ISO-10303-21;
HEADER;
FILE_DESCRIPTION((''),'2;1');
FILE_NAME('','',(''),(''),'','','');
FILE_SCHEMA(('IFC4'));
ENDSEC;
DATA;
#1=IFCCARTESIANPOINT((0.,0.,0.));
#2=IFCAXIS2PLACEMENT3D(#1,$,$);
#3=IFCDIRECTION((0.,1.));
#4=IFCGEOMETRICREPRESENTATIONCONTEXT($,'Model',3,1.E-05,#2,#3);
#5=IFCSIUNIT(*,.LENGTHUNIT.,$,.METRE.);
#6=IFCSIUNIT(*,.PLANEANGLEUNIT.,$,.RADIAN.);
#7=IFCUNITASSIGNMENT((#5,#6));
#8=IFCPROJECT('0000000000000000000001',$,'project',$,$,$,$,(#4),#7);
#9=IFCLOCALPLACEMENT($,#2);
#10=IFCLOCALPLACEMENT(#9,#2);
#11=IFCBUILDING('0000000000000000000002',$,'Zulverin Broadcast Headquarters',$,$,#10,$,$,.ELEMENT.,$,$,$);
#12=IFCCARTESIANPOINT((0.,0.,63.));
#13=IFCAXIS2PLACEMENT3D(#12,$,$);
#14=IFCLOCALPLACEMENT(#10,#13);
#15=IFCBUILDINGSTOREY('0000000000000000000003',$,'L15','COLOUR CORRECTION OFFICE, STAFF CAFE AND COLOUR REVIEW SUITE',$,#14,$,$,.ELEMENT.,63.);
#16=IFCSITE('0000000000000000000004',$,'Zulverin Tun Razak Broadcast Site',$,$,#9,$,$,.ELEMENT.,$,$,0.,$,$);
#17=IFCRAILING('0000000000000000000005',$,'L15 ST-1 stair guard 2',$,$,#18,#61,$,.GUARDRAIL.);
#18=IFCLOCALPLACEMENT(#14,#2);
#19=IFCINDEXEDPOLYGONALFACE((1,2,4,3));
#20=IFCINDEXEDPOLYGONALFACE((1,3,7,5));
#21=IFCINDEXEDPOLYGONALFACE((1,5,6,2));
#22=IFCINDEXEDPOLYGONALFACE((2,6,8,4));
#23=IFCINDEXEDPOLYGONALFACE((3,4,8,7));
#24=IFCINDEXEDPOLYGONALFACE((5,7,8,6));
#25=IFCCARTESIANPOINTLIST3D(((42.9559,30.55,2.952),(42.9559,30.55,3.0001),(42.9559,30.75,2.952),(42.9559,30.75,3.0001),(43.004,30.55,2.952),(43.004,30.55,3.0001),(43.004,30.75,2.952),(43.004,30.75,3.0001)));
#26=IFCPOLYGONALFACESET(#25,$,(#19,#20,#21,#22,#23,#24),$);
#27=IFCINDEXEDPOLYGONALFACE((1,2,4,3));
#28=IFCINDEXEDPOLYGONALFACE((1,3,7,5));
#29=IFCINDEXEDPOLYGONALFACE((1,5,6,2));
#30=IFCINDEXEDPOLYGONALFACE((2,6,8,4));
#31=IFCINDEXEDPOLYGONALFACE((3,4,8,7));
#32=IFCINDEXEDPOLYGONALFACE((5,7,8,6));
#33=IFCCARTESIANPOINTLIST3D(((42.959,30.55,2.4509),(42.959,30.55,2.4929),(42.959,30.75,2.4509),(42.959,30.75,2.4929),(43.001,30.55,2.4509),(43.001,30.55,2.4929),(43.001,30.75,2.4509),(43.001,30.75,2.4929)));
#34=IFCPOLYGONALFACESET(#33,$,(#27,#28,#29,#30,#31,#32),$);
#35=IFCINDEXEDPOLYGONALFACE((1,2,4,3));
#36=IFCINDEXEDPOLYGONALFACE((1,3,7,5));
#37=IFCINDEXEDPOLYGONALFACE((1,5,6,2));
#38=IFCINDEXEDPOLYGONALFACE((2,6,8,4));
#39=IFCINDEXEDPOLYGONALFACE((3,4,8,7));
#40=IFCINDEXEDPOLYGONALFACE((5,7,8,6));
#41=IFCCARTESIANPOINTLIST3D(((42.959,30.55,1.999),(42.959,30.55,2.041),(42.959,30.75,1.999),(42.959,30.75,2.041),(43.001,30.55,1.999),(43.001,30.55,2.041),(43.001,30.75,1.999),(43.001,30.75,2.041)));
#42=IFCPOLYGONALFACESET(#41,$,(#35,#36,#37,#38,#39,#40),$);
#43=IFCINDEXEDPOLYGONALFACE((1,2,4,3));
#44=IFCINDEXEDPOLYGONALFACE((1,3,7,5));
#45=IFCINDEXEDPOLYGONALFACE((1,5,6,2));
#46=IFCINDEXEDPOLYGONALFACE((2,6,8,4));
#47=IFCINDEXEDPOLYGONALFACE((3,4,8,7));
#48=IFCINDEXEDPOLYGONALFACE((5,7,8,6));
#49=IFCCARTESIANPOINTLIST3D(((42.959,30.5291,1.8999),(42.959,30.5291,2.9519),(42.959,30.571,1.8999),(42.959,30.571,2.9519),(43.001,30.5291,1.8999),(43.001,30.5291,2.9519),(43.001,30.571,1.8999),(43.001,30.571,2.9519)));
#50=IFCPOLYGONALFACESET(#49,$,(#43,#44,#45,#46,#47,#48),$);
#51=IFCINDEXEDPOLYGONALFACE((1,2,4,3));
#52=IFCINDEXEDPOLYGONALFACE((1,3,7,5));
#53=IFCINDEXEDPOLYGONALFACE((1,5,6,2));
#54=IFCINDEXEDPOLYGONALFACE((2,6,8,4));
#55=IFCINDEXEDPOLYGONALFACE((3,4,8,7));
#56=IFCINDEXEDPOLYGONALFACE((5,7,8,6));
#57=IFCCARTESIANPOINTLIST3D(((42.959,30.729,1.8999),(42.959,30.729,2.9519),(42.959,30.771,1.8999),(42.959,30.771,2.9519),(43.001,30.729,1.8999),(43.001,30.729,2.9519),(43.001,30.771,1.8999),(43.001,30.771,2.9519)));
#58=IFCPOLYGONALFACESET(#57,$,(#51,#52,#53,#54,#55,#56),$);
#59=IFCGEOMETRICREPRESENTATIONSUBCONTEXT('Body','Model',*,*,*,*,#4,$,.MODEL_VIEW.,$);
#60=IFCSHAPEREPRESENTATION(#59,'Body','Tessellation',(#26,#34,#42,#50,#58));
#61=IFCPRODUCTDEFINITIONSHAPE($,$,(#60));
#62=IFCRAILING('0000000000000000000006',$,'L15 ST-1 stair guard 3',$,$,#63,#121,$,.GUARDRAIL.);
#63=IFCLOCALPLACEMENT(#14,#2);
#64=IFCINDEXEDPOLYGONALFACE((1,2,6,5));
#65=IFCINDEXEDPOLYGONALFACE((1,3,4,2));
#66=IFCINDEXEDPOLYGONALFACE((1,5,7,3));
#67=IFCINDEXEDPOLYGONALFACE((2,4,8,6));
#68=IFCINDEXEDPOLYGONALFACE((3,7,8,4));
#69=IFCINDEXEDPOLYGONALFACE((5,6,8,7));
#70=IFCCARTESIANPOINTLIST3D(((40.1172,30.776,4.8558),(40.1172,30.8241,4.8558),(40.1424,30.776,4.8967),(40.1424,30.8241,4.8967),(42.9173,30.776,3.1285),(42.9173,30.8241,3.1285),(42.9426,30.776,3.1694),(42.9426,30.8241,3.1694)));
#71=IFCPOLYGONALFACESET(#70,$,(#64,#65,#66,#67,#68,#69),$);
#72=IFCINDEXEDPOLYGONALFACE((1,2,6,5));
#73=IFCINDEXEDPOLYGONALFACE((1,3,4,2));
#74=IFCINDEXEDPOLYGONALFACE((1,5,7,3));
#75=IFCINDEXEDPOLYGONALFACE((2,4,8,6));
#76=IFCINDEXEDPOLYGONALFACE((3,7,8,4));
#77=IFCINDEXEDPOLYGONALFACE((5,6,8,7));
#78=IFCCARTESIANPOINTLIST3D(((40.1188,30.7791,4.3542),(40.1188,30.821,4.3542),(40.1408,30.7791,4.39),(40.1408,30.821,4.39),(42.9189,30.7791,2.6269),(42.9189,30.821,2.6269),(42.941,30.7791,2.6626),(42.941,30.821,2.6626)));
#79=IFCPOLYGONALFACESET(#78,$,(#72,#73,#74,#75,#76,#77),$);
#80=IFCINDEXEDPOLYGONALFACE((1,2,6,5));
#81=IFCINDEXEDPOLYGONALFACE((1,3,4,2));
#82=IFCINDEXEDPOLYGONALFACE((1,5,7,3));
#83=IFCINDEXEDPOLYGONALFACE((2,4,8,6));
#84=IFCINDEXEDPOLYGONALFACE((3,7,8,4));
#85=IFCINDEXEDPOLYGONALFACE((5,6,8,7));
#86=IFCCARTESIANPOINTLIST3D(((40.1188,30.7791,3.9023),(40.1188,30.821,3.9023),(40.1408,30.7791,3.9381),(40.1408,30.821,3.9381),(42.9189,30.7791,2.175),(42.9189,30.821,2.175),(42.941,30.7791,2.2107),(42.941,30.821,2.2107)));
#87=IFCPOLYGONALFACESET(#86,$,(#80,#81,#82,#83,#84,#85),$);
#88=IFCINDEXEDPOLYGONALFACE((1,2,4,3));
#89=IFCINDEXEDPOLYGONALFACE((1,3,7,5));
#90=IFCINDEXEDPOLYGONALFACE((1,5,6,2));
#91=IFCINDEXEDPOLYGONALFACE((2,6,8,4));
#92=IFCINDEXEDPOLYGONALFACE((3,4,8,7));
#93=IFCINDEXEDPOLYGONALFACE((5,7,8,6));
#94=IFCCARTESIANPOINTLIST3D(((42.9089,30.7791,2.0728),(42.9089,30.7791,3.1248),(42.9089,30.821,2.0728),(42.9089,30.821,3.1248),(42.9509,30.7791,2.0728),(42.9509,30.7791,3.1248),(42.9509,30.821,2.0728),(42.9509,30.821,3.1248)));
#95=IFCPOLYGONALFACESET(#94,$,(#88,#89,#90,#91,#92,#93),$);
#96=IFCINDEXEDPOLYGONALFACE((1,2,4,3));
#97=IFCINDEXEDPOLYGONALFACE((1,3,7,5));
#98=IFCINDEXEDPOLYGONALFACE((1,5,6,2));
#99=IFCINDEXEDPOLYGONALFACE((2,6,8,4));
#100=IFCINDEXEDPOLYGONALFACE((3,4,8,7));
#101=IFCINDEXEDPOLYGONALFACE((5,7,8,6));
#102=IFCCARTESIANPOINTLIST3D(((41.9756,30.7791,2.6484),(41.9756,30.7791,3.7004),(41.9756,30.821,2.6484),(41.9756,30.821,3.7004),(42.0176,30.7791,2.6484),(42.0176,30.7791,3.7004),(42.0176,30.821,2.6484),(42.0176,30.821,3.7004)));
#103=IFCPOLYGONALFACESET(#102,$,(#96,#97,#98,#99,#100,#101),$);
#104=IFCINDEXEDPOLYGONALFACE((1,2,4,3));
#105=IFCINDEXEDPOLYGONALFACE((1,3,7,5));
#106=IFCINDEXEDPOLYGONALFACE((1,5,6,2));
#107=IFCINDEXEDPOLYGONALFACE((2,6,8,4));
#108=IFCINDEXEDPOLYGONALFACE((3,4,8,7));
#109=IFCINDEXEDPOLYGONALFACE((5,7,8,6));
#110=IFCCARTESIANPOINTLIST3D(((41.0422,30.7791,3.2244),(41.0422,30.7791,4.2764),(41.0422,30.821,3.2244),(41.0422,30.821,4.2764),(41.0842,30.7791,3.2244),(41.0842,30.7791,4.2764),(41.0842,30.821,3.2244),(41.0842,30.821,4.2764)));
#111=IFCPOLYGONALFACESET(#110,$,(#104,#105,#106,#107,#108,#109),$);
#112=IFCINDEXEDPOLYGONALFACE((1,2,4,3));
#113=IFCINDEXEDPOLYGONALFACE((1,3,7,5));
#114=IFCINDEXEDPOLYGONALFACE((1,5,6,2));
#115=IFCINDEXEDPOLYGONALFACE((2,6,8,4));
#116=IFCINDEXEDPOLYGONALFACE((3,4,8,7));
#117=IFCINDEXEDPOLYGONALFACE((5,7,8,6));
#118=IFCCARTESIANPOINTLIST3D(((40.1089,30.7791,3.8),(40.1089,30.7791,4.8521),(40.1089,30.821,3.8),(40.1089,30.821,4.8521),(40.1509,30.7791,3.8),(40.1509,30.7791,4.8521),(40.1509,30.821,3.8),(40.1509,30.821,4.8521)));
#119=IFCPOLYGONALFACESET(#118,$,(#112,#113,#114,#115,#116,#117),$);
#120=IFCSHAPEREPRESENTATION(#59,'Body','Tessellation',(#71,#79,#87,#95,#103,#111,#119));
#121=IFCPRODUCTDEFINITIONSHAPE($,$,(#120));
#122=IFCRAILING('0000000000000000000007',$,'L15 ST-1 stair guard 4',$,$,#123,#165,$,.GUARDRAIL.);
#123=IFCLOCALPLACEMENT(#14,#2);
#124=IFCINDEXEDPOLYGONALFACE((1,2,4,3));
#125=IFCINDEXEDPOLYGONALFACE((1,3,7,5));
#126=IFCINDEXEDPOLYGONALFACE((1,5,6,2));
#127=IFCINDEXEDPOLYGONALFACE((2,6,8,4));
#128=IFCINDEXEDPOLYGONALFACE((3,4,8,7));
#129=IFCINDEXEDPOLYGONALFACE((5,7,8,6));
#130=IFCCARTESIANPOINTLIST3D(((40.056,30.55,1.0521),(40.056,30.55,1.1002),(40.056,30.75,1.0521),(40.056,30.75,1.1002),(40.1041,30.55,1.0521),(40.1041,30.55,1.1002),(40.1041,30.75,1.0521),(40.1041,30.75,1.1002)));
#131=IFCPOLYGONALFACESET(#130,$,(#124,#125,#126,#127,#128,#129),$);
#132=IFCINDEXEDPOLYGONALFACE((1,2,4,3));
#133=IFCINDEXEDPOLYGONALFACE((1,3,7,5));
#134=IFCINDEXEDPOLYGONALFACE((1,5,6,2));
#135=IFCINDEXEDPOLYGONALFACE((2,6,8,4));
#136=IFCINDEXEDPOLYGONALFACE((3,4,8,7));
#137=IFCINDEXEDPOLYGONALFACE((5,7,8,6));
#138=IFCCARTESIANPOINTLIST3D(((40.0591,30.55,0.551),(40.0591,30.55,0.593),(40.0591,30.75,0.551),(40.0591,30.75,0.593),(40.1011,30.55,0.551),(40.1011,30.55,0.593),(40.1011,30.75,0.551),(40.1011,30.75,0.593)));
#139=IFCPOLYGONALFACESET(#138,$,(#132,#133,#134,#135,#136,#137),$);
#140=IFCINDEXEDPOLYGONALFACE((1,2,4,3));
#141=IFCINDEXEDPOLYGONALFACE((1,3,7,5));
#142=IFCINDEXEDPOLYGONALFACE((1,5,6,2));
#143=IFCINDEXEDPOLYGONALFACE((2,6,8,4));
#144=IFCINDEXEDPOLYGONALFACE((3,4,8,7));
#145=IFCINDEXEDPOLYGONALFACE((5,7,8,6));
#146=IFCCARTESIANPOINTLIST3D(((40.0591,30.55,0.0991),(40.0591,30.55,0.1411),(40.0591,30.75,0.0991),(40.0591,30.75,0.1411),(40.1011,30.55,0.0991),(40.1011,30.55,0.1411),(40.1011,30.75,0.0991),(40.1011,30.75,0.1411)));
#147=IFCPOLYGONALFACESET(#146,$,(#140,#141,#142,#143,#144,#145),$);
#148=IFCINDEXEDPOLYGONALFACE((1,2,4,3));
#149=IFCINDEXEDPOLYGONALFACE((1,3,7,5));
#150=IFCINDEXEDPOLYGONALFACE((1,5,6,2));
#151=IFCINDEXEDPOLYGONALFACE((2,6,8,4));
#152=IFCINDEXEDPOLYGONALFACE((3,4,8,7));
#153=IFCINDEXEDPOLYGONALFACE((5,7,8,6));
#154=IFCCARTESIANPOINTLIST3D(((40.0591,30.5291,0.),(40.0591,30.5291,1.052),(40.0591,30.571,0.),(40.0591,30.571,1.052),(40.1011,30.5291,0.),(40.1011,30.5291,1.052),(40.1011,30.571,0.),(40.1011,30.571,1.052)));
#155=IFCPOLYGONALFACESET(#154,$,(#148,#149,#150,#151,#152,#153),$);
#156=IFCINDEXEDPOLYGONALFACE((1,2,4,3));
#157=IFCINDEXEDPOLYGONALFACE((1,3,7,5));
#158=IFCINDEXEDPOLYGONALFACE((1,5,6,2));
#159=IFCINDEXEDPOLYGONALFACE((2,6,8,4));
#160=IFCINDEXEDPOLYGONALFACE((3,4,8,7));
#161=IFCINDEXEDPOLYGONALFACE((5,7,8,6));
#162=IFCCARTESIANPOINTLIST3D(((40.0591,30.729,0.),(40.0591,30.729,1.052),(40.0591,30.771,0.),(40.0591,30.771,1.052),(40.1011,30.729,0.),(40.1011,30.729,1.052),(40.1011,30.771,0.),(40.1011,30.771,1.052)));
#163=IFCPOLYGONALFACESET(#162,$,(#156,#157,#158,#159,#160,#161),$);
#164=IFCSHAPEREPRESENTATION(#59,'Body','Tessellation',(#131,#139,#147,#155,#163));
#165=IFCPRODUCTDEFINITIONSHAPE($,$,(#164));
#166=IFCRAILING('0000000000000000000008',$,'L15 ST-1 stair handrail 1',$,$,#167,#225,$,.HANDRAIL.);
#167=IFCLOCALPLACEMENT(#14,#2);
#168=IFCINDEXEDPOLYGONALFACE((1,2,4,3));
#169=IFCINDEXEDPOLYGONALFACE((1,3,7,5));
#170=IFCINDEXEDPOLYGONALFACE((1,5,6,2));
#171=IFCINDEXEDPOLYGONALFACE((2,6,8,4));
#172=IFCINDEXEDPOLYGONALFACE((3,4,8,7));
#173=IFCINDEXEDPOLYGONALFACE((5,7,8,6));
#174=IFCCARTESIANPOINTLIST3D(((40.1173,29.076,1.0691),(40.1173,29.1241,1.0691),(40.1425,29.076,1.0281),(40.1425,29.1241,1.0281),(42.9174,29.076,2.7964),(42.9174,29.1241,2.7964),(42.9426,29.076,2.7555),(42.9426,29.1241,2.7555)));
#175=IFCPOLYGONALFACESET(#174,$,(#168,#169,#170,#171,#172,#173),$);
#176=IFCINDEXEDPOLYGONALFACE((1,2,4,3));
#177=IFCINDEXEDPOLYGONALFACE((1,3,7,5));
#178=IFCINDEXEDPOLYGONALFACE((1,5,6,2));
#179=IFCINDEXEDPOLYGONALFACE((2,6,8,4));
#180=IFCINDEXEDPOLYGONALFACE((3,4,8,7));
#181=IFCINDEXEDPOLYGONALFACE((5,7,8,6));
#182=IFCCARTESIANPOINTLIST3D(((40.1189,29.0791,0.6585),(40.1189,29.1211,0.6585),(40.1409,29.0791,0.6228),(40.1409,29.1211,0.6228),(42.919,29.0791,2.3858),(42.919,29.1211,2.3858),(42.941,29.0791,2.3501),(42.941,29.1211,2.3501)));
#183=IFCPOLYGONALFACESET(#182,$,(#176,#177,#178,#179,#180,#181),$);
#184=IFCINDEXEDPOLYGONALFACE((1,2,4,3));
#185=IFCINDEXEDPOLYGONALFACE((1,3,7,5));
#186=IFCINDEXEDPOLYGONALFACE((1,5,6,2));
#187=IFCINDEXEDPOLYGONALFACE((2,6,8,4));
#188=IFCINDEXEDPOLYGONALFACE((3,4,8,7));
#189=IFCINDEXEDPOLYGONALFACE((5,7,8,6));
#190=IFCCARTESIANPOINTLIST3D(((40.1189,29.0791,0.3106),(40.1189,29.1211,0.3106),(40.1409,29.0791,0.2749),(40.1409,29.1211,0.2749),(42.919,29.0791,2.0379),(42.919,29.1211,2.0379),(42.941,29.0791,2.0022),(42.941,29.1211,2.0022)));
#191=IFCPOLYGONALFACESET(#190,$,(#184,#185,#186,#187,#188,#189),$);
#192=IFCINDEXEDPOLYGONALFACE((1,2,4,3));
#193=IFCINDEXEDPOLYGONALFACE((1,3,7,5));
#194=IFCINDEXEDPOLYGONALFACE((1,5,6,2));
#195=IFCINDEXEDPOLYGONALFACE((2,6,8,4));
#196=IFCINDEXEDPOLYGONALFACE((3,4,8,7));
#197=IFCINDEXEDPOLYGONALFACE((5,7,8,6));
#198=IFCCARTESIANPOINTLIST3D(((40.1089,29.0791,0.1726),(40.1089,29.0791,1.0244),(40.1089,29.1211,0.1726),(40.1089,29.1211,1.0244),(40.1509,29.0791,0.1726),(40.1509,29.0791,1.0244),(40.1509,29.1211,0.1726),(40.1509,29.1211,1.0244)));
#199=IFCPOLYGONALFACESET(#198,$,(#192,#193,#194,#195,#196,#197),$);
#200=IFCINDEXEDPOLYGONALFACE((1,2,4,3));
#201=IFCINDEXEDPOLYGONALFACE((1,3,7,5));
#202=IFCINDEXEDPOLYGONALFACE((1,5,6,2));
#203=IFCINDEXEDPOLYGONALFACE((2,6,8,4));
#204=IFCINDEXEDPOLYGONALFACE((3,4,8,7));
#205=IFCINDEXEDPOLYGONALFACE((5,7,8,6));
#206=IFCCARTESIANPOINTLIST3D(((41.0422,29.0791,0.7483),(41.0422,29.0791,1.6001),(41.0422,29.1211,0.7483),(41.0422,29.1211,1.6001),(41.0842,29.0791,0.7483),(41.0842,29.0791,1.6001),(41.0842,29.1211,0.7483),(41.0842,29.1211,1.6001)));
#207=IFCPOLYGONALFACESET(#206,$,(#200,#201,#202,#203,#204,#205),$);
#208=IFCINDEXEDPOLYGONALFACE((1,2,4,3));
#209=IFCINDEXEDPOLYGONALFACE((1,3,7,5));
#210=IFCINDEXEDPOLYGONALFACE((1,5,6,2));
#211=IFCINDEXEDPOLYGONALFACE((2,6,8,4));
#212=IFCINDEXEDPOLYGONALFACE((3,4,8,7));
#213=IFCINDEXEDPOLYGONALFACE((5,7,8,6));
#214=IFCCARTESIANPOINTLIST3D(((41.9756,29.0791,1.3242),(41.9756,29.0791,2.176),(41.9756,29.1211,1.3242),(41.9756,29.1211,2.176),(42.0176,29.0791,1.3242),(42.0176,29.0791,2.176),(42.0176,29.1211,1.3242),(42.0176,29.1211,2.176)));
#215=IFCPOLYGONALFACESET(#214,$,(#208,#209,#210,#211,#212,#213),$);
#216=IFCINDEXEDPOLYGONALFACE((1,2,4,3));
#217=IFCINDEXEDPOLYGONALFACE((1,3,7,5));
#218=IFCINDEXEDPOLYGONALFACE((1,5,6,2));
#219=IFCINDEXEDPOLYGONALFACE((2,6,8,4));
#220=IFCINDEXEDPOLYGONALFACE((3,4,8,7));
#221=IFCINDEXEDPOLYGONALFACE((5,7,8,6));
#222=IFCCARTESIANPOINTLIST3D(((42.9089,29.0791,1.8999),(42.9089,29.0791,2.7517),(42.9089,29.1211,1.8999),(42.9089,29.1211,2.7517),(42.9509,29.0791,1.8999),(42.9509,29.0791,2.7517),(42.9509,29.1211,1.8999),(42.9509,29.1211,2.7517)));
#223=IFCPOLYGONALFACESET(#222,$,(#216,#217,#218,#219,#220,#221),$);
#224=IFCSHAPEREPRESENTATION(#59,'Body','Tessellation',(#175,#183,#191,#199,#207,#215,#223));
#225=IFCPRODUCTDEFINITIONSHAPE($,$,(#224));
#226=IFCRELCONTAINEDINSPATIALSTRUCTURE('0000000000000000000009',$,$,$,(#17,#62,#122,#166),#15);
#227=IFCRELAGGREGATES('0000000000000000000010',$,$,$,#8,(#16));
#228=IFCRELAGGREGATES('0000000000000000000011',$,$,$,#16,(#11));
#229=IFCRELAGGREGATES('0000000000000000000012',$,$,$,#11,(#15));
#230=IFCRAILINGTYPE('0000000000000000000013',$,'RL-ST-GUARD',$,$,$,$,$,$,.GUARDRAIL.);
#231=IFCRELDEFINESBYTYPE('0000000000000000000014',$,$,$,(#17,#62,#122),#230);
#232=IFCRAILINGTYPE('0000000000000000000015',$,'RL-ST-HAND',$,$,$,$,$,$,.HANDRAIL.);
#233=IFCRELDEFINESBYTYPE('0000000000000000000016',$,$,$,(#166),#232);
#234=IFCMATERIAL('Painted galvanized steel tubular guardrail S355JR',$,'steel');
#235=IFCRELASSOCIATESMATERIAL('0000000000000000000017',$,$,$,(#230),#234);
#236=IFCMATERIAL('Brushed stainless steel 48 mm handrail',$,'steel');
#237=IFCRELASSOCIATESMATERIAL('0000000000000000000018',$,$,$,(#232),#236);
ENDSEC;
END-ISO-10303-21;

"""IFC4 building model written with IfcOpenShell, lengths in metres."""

from ifc_helpers import new_model, si_unit, direction, frame, origin, origin_2d, place, context, subcontext, project, spatial, rectangle, extrude, material, type_object, element, save


model = new_model("IFC4")

# Units and contexts
model_context = context("Model", 3, precision=1e-05, world=origin(), true_north=direction((0.0, 1.0)))
body_context = subcontext(model_context, "Body", "Model", "MODEL_VIEW")
ifc_project = project(units=[si_unit("LENGTHUNIT", "METRE"), si_unit("PLANEANGLEUNIT", "RADIAN")], contexts=[model_context])

# Site, building, storey
site_placement = place(None, origin())
site = spatial("IfcSite", under=ifc_project, at=site_placement, Name="Zulverin Tun Razak Broadcast Site", CompositionType="ELEMENT", RefElevation=0.0)
building_placement = place(site_placement, origin())
building = spatial("IfcBuilding", under=site, at=building_placement, Name="Zulverin Broadcast Headquarters", CompositionType="ELEMENT")
storey_placement = place(building_placement, frame((0.0, 0.0, 63.0)))
storey = spatial("IfcBuildingStorey", under=building, at=storey_placement, Name="L15", Description="COLOUR CORRECTION OFFICE, STAFF CAFE AND COLOUR REVIEW SUITE", CompositionType="ELEMENT", Elevation=63.0)

# Railings
ifc_material_1 = material(Name="Painted galvanized steel tubular guardrail S355JR", Category="steel")
railing_type_1 = type_object("IfcRailingType", Name="RL-ST-GUARD", PredefinedType="GUARDRAIL", material=ifc_material_1)
railing_1_placement = place(storey_placement, frame((42.98, 30.55, 1.8999)))
element("IfcRailing", 1, at=railing_1_placement, inside=storey, type_object=railing_type_1, Name="L15 ST-1 stair guard 2", PredefinedType="GUARDRAIL", context=body_context, shape_type="SweptSolid", body=[
    extrude(rectangle(XDim=0.0481, YDim=0.0481, at=origin_2d()), frame((0.0, 0.0, 1.0762), z_axis=(0.0, 1.0, 0.0), x_axis=(-1.0, 0.0, 0.0)), (0.0, 0.0, 1.0), 0.2),
    extrude(rectangle(XDim=0.042, YDim=0.042, at=origin_2d()), frame((0.0, 0.0, 0.572), z_axis=(0.0, 1.0, 0.0), x_axis=(-1.0, 0.0, 0.0)), (0.0, 0.0, 1.0), 0.2),
    extrude(rectangle(XDim=0.042, YDim=0.042, at=origin_2d()), frame((0.0, 0.0, 0.1201), z_axis=(0.0, 1.0, 0.0), x_axis=(-1.0, 0.0, 0.0)), (0.0, 0.0, 1.0), 0.2),
    extrude(rectangle(XDim=0.042, YDim=0.042, at=origin_2d()), origin(), (0.0, 0.0, 1.0), 1.052),
    extrude(rectangle(XDim=0.042, YDim=0.042, at=origin_2d()), frame((0.0, 0.2, 0.0)), (0.0, 0.0, 1.0), 1.052),
])
railing_2_placement = place(storey_placement, frame((42.9299, 30.8, 2.0728)))
element("IfcRailing", 2, at=railing_2_placement, inside=storey, type_object=railing_type_1, Name="L15 ST-1 stair guard 3", PredefinedType="GUARDRAIL", context=body_context, shape_type="SweptSolid", body=[
    extrude(rectangle(XDim=0.0481, YDim=0.0481, at=origin_2d()), frame((0.0, 0.0, 1.0762), z_axis=(-0.85109, 0.0, 0.52502), x_axis=(0.0, -1.0, 0.0)), (0.0, 0.0, 1.0), 3.29),
    extrude(rectangle(XDim=0.042, YDim=0.042, at=origin_2d()), frame((0.0, 0.0, 0.572), z_axis=(-0.85109, 0.0, 0.52502), x_axis=(0.0, -1.0, 0.0)), (0.0, 0.0, 1.0), 3.29),
    extrude(rectangle(XDim=0.042, YDim=0.042, at=origin_2d()), frame((0.0, 0.0, 0.1201), z_axis=(-0.85109, 0.0, 0.52502), x_axis=(0.0, -1.0, 0.0)), (0.0, 0.0, 1.0), 3.29),
    extrude(rectangle(XDim=0.042, YDim=0.042, at=origin_2d()), origin(), (0.0, 0.0, 1.0), 1.052),
    extrude(rectangle(XDim=0.042, YDim=0.042, at=origin_2d()), frame((-0.9333, 0.0, 0.5757)), (0.0, 0.0, 1.0), 1.052),
    extrude(rectangle(XDim=0.042, YDim=0.042, at=origin_2d()), frame((-1.8667, 0.0, 1.1516)), (0.0, 0.0, 1.0), 1.052),
    extrude(rectangle(XDim=0.042, YDim=0.042, at=origin_2d()), frame((-2.8, 0.0, 1.7273)), (0.0, 0.0, 1.0), 1.052),
])
railing_3_placement = place(storey_placement, frame((40.0801, 30.55, 0.0)))
element("IfcRailing", 3, at=railing_3_placement, inside=storey, type_object=railing_type_1, Name="L15 ST-1 stair guard 4", PredefinedType="GUARDRAIL", context=body_context, shape_type="SweptSolid", body=[
    extrude(rectangle(XDim=0.0481, YDim=0.0481, at=origin_2d()), frame((0.0, 0.0, 1.0762), z_axis=(0.0, 1.0, 0.0), x_axis=(-1.0, 0.0, 0.0)), (0.0, 0.0, 1.0), 0.2),
    extrude(rectangle(XDim=0.042, YDim=0.042, at=origin_2d()), frame((0.0, 0.0, 0.572), z_axis=(0.0, 1.0, 0.0), x_axis=(-1.0, 0.0, 0.0)), (0.0, 0.0, 1.0), 0.2),
    extrude(rectangle(XDim=0.042, YDim=0.042, at=origin_2d()), frame((0.0, 0.0, 0.1201), z_axis=(0.0, 1.0, 0.0), x_axis=(-1.0, 0.0, 0.0)), (0.0, 0.0, 1.0), 0.2),
    extrude(rectangle(XDim=0.042, YDim=0.042, at=origin_2d()), origin(), (0.0, 0.0, 1.0), 1.052),
    extrude(rectangle(XDim=0.042, YDim=0.042, at=origin_2d()), frame((0.0, 0.2, 0.0)), (0.0, 0.0, 1.0), 1.052),
])
ifc_material_2 = material(Name="Brushed stainless steel 48 mm handrail", Category="steel")
railing_type_2 = type_object("IfcRailingType", Name="RL-ST-HAND", PredefinedType="HANDRAIL", material=ifc_material_2)
railing_4_placement = place(storey_placement, frame((40.1299, 29.1001, 0.1726)))
element("IfcRailing", 4, at=railing_4_placement, inside=storey, type_object=railing_type_2, Name="L15 ST-1 stair handrail 1", PredefinedType="HANDRAIL", context=body_context, shape_type="SweptSolid", body=[
    extrude(rectangle(XDim=0.0481, YDim=0.0481, at=origin_2d()), frame((0.0, 0.0, 0.876), z_axis=(0.85109, 0.0, 0.52502), x_axis=(0.0, 1.0, 0.0)), (0.0, 0.0, 1.0), 3.29),
    extrude(rectangle(XDim=0.042, YDim=0.042, at=origin_2d()), frame((0.0, 0.0, 0.468), z_axis=(0.85109, 0.0, 0.52502), x_axis=(0.0, 1.0, 0.0)), (0.0, 0.0, 1.0), 3.29),
    extrude(rectangle(XDim=0.042, YDim=0.042, at=origin_2d()), frame((0.0, 0.0, 0.1201), z_axis=(0.85109, 0.0, 0.52502), x_axis=(0.0, 1.0, 0.0)), (0.0, 0.0, 1.0), 3.29),
    extrude(rectangle(XDim=0.042, YDim=0.042, at=origin_2d()), origin(), (0.0, 0.0, 1.0), 0.8518),
    extrude(rectangle(XDim=0.042, YDim=0.042, at=origin_2d()), frame((0.9333, 0.0, 0.5757)), (0.0, 0.0, 1.0), 0.8518),
    extrude(rectangle(XDim=0.042, YDim=0.042, at=origin_2d()), frame((1.8667, 0.0, 1.1516)), (0.0, 0.0, 1.0), 0.8518),
    extrude(rectangle(XDim=0.042, YDim=0.042, at=origin_2d()), frame((2.8, 0.0, 1.7273)), (0.0, 0.0, 1.0), 0.8518),
])

save(model, "model.ifc")
